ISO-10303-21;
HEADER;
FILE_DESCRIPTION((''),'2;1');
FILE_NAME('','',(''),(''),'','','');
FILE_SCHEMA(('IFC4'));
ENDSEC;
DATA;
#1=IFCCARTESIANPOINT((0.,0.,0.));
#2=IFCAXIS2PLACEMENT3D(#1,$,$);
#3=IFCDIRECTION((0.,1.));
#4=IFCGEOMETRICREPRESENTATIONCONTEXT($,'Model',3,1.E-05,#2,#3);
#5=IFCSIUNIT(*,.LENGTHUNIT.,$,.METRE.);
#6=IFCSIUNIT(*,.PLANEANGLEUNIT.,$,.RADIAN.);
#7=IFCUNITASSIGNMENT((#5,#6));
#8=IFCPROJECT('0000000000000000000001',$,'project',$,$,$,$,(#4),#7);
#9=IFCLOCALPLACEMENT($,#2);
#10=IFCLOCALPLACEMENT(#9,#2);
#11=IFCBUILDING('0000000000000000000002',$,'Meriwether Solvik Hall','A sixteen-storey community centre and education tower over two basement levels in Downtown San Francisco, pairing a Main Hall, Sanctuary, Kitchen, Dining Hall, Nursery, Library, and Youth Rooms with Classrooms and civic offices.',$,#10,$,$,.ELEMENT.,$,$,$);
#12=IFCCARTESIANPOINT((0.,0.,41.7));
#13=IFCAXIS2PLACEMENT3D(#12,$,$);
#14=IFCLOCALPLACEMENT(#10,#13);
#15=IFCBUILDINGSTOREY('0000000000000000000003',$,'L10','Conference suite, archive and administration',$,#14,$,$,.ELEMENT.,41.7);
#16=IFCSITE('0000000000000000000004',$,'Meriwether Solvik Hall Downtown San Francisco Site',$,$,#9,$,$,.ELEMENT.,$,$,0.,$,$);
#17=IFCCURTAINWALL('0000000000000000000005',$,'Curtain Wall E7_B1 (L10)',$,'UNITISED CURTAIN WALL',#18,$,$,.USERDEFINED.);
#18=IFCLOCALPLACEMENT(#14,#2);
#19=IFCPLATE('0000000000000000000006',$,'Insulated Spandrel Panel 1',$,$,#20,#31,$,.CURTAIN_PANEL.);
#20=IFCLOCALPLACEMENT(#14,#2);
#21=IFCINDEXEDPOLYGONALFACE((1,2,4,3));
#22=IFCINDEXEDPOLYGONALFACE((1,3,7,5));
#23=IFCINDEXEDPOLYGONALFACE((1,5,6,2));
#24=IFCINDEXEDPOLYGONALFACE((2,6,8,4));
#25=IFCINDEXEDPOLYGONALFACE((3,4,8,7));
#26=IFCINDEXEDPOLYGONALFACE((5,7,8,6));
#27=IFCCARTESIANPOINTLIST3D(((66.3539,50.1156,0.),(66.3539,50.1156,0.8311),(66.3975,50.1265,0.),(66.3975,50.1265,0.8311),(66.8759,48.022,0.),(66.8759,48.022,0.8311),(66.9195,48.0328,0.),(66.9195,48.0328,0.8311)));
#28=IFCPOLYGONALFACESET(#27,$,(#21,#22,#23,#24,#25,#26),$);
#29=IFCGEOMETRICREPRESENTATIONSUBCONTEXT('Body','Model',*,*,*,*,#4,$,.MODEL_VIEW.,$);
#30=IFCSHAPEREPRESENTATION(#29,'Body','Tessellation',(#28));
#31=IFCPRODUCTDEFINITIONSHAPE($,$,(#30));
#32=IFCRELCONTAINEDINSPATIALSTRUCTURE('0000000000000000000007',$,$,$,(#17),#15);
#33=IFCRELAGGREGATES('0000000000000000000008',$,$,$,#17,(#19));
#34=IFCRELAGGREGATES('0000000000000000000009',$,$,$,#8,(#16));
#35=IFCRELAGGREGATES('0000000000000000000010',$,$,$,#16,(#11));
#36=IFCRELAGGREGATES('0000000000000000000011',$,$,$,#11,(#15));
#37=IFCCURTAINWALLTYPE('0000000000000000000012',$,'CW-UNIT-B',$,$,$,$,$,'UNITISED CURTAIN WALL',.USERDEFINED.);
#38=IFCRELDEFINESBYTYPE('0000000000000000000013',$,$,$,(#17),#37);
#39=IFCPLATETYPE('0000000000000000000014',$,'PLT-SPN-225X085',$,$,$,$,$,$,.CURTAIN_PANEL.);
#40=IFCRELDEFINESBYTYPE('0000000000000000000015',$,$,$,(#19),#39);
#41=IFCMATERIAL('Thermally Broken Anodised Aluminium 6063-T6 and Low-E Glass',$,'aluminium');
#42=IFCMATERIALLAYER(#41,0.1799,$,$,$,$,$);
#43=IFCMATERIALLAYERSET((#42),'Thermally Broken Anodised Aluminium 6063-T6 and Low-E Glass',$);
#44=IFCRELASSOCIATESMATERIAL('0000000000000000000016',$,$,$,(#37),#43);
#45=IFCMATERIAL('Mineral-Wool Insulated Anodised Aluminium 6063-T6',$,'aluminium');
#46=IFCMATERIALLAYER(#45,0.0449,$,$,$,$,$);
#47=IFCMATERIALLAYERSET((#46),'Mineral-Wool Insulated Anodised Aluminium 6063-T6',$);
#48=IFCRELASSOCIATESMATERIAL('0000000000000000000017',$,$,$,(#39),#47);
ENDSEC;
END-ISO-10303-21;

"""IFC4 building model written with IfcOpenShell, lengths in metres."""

from ifc_helpers import new_model, si_unit, direction, frame, origin, origin_2d, place, context, subcontext, project, spatial, rectangle, extrude, material, layer, layer_set, type_object, element, aggregate, save


model = new_model("IFC4")

# Units and contexts
model_context = context("Model", 3, precision=1e-05, world=origin(), true_north=direction((0.0, 1.0)))
body_context = subcontext(model_context, "Body", "Model", "MODEL_VIEW")
ifc_project = project(units=[si_unit("LENGTHUNIT", "METRE"), si_unit("PLANEANGLEUNIT", "RADIAN")], contexts=[model_context])

# Site, building, storey
site_placement = place(None, origin())
site = spatial("IfcSite", under=ifc_project, at=site_placement, Name="Meriwether Solvik Hall Downtown San Francisco Site", CompositionType="ELEMENT", RefElevation=0.0)
building_placement = place(site_placement, origin())
building = spatial("IfcBuilding", under=site, at=building_placement, Name="Meriwether Solvik Hall", Description="A sixteen-storey community centre and education tower over two basement levels in Downtown San Francisco, pairing a Main Hall, Sanctuary, Kitchen, Dining Hall, Nursery, Library, and Youth Rooms with Classrooms and civic offices.", CompositionType="ELEMENT")
storey_placement = place(building_placement, frame((0.0, 0.0, 41.7)))
storey = spatial("IfcBuildingStorey", under=building, at=storey_placement, Name="L10", Description="Conference suite, archive and administration", CompositionType="ELEMENT", Elevation=41.7)

# Curtain wall
ifc_material_1 = material(Name="Thermally Broken Anodised Aluminium 6063-T6 and Low-E Glass", Category="aluminium")
ifc_layer_1 = layer(ifc_material_1, 0.1799)
ifc_layer_set_1 = layer_set([ifc_layer_1], Name="Thermally Broken Anodised Aluminium 6063-T6 and Low-E Glass")
curtain_wall_type_1 = type_object("IfcCurtainWallType", Name="CW-UNIT-B", ElementType="UNITISED CURTAIN WALL", PredefinedType="USERDEFINED", material=ifc_layer_set_1)
curtain_wall_1_placement = place(storey_placement, origin())
curtain_wall_1 = element("IfcCurtainWall", 1, at=curtain_wall_1_placement, inside=storey, type_object=curtain_wall_type_1, Name="Curtain Wall E7_B1 (L10)", ObjectType="UNITISED CURTAIN WALL", PredefinedType="USERDEFINED")

# Plate
ifc_material_2 = material(Name="Mineral-Wool Insulated Anodised Aluminium 6063-T6", Category="aluminium")
ifc_layer_2 = layer(ifc_material_2, 0.0449)
ifc_layer_set_2 = layer_set([ifc_layer_2], Name="Mineral-Wool Insulated Anodised Aluminium 6063-T6")
plate_type_1 = type_object("IfcPlateType", Name="PLT-SPN-225X085", PredefinedType="CURTAIN_PANEL", material=ifc_layer_set_2)
plate_1_placement = place(storey_placement, frame((66.6367, 49.0742, 0.0), z_axis=(0.0, 0.0, 1.0), x_axis=(-0.241922, 0.970296, 0.0)))
plate_1 = element("IfcPlate", 2, at=plate_1_placement, type_object=plate_type_1, Name="Insulated Spandrel Panel 1", PredefinedType="CURTAIN_PANEL", context=body_context, shape_type="SweptSolid", body=[
    extrude(rectangle(XDim=2.1577, YDim=0.0449, at=origin_2d()), origin(), (0.0, 0.0, 1.0), 0.8311),
])
aggregate(curtain_wall_1, [plate_1])

save(model, "model.ifc")
